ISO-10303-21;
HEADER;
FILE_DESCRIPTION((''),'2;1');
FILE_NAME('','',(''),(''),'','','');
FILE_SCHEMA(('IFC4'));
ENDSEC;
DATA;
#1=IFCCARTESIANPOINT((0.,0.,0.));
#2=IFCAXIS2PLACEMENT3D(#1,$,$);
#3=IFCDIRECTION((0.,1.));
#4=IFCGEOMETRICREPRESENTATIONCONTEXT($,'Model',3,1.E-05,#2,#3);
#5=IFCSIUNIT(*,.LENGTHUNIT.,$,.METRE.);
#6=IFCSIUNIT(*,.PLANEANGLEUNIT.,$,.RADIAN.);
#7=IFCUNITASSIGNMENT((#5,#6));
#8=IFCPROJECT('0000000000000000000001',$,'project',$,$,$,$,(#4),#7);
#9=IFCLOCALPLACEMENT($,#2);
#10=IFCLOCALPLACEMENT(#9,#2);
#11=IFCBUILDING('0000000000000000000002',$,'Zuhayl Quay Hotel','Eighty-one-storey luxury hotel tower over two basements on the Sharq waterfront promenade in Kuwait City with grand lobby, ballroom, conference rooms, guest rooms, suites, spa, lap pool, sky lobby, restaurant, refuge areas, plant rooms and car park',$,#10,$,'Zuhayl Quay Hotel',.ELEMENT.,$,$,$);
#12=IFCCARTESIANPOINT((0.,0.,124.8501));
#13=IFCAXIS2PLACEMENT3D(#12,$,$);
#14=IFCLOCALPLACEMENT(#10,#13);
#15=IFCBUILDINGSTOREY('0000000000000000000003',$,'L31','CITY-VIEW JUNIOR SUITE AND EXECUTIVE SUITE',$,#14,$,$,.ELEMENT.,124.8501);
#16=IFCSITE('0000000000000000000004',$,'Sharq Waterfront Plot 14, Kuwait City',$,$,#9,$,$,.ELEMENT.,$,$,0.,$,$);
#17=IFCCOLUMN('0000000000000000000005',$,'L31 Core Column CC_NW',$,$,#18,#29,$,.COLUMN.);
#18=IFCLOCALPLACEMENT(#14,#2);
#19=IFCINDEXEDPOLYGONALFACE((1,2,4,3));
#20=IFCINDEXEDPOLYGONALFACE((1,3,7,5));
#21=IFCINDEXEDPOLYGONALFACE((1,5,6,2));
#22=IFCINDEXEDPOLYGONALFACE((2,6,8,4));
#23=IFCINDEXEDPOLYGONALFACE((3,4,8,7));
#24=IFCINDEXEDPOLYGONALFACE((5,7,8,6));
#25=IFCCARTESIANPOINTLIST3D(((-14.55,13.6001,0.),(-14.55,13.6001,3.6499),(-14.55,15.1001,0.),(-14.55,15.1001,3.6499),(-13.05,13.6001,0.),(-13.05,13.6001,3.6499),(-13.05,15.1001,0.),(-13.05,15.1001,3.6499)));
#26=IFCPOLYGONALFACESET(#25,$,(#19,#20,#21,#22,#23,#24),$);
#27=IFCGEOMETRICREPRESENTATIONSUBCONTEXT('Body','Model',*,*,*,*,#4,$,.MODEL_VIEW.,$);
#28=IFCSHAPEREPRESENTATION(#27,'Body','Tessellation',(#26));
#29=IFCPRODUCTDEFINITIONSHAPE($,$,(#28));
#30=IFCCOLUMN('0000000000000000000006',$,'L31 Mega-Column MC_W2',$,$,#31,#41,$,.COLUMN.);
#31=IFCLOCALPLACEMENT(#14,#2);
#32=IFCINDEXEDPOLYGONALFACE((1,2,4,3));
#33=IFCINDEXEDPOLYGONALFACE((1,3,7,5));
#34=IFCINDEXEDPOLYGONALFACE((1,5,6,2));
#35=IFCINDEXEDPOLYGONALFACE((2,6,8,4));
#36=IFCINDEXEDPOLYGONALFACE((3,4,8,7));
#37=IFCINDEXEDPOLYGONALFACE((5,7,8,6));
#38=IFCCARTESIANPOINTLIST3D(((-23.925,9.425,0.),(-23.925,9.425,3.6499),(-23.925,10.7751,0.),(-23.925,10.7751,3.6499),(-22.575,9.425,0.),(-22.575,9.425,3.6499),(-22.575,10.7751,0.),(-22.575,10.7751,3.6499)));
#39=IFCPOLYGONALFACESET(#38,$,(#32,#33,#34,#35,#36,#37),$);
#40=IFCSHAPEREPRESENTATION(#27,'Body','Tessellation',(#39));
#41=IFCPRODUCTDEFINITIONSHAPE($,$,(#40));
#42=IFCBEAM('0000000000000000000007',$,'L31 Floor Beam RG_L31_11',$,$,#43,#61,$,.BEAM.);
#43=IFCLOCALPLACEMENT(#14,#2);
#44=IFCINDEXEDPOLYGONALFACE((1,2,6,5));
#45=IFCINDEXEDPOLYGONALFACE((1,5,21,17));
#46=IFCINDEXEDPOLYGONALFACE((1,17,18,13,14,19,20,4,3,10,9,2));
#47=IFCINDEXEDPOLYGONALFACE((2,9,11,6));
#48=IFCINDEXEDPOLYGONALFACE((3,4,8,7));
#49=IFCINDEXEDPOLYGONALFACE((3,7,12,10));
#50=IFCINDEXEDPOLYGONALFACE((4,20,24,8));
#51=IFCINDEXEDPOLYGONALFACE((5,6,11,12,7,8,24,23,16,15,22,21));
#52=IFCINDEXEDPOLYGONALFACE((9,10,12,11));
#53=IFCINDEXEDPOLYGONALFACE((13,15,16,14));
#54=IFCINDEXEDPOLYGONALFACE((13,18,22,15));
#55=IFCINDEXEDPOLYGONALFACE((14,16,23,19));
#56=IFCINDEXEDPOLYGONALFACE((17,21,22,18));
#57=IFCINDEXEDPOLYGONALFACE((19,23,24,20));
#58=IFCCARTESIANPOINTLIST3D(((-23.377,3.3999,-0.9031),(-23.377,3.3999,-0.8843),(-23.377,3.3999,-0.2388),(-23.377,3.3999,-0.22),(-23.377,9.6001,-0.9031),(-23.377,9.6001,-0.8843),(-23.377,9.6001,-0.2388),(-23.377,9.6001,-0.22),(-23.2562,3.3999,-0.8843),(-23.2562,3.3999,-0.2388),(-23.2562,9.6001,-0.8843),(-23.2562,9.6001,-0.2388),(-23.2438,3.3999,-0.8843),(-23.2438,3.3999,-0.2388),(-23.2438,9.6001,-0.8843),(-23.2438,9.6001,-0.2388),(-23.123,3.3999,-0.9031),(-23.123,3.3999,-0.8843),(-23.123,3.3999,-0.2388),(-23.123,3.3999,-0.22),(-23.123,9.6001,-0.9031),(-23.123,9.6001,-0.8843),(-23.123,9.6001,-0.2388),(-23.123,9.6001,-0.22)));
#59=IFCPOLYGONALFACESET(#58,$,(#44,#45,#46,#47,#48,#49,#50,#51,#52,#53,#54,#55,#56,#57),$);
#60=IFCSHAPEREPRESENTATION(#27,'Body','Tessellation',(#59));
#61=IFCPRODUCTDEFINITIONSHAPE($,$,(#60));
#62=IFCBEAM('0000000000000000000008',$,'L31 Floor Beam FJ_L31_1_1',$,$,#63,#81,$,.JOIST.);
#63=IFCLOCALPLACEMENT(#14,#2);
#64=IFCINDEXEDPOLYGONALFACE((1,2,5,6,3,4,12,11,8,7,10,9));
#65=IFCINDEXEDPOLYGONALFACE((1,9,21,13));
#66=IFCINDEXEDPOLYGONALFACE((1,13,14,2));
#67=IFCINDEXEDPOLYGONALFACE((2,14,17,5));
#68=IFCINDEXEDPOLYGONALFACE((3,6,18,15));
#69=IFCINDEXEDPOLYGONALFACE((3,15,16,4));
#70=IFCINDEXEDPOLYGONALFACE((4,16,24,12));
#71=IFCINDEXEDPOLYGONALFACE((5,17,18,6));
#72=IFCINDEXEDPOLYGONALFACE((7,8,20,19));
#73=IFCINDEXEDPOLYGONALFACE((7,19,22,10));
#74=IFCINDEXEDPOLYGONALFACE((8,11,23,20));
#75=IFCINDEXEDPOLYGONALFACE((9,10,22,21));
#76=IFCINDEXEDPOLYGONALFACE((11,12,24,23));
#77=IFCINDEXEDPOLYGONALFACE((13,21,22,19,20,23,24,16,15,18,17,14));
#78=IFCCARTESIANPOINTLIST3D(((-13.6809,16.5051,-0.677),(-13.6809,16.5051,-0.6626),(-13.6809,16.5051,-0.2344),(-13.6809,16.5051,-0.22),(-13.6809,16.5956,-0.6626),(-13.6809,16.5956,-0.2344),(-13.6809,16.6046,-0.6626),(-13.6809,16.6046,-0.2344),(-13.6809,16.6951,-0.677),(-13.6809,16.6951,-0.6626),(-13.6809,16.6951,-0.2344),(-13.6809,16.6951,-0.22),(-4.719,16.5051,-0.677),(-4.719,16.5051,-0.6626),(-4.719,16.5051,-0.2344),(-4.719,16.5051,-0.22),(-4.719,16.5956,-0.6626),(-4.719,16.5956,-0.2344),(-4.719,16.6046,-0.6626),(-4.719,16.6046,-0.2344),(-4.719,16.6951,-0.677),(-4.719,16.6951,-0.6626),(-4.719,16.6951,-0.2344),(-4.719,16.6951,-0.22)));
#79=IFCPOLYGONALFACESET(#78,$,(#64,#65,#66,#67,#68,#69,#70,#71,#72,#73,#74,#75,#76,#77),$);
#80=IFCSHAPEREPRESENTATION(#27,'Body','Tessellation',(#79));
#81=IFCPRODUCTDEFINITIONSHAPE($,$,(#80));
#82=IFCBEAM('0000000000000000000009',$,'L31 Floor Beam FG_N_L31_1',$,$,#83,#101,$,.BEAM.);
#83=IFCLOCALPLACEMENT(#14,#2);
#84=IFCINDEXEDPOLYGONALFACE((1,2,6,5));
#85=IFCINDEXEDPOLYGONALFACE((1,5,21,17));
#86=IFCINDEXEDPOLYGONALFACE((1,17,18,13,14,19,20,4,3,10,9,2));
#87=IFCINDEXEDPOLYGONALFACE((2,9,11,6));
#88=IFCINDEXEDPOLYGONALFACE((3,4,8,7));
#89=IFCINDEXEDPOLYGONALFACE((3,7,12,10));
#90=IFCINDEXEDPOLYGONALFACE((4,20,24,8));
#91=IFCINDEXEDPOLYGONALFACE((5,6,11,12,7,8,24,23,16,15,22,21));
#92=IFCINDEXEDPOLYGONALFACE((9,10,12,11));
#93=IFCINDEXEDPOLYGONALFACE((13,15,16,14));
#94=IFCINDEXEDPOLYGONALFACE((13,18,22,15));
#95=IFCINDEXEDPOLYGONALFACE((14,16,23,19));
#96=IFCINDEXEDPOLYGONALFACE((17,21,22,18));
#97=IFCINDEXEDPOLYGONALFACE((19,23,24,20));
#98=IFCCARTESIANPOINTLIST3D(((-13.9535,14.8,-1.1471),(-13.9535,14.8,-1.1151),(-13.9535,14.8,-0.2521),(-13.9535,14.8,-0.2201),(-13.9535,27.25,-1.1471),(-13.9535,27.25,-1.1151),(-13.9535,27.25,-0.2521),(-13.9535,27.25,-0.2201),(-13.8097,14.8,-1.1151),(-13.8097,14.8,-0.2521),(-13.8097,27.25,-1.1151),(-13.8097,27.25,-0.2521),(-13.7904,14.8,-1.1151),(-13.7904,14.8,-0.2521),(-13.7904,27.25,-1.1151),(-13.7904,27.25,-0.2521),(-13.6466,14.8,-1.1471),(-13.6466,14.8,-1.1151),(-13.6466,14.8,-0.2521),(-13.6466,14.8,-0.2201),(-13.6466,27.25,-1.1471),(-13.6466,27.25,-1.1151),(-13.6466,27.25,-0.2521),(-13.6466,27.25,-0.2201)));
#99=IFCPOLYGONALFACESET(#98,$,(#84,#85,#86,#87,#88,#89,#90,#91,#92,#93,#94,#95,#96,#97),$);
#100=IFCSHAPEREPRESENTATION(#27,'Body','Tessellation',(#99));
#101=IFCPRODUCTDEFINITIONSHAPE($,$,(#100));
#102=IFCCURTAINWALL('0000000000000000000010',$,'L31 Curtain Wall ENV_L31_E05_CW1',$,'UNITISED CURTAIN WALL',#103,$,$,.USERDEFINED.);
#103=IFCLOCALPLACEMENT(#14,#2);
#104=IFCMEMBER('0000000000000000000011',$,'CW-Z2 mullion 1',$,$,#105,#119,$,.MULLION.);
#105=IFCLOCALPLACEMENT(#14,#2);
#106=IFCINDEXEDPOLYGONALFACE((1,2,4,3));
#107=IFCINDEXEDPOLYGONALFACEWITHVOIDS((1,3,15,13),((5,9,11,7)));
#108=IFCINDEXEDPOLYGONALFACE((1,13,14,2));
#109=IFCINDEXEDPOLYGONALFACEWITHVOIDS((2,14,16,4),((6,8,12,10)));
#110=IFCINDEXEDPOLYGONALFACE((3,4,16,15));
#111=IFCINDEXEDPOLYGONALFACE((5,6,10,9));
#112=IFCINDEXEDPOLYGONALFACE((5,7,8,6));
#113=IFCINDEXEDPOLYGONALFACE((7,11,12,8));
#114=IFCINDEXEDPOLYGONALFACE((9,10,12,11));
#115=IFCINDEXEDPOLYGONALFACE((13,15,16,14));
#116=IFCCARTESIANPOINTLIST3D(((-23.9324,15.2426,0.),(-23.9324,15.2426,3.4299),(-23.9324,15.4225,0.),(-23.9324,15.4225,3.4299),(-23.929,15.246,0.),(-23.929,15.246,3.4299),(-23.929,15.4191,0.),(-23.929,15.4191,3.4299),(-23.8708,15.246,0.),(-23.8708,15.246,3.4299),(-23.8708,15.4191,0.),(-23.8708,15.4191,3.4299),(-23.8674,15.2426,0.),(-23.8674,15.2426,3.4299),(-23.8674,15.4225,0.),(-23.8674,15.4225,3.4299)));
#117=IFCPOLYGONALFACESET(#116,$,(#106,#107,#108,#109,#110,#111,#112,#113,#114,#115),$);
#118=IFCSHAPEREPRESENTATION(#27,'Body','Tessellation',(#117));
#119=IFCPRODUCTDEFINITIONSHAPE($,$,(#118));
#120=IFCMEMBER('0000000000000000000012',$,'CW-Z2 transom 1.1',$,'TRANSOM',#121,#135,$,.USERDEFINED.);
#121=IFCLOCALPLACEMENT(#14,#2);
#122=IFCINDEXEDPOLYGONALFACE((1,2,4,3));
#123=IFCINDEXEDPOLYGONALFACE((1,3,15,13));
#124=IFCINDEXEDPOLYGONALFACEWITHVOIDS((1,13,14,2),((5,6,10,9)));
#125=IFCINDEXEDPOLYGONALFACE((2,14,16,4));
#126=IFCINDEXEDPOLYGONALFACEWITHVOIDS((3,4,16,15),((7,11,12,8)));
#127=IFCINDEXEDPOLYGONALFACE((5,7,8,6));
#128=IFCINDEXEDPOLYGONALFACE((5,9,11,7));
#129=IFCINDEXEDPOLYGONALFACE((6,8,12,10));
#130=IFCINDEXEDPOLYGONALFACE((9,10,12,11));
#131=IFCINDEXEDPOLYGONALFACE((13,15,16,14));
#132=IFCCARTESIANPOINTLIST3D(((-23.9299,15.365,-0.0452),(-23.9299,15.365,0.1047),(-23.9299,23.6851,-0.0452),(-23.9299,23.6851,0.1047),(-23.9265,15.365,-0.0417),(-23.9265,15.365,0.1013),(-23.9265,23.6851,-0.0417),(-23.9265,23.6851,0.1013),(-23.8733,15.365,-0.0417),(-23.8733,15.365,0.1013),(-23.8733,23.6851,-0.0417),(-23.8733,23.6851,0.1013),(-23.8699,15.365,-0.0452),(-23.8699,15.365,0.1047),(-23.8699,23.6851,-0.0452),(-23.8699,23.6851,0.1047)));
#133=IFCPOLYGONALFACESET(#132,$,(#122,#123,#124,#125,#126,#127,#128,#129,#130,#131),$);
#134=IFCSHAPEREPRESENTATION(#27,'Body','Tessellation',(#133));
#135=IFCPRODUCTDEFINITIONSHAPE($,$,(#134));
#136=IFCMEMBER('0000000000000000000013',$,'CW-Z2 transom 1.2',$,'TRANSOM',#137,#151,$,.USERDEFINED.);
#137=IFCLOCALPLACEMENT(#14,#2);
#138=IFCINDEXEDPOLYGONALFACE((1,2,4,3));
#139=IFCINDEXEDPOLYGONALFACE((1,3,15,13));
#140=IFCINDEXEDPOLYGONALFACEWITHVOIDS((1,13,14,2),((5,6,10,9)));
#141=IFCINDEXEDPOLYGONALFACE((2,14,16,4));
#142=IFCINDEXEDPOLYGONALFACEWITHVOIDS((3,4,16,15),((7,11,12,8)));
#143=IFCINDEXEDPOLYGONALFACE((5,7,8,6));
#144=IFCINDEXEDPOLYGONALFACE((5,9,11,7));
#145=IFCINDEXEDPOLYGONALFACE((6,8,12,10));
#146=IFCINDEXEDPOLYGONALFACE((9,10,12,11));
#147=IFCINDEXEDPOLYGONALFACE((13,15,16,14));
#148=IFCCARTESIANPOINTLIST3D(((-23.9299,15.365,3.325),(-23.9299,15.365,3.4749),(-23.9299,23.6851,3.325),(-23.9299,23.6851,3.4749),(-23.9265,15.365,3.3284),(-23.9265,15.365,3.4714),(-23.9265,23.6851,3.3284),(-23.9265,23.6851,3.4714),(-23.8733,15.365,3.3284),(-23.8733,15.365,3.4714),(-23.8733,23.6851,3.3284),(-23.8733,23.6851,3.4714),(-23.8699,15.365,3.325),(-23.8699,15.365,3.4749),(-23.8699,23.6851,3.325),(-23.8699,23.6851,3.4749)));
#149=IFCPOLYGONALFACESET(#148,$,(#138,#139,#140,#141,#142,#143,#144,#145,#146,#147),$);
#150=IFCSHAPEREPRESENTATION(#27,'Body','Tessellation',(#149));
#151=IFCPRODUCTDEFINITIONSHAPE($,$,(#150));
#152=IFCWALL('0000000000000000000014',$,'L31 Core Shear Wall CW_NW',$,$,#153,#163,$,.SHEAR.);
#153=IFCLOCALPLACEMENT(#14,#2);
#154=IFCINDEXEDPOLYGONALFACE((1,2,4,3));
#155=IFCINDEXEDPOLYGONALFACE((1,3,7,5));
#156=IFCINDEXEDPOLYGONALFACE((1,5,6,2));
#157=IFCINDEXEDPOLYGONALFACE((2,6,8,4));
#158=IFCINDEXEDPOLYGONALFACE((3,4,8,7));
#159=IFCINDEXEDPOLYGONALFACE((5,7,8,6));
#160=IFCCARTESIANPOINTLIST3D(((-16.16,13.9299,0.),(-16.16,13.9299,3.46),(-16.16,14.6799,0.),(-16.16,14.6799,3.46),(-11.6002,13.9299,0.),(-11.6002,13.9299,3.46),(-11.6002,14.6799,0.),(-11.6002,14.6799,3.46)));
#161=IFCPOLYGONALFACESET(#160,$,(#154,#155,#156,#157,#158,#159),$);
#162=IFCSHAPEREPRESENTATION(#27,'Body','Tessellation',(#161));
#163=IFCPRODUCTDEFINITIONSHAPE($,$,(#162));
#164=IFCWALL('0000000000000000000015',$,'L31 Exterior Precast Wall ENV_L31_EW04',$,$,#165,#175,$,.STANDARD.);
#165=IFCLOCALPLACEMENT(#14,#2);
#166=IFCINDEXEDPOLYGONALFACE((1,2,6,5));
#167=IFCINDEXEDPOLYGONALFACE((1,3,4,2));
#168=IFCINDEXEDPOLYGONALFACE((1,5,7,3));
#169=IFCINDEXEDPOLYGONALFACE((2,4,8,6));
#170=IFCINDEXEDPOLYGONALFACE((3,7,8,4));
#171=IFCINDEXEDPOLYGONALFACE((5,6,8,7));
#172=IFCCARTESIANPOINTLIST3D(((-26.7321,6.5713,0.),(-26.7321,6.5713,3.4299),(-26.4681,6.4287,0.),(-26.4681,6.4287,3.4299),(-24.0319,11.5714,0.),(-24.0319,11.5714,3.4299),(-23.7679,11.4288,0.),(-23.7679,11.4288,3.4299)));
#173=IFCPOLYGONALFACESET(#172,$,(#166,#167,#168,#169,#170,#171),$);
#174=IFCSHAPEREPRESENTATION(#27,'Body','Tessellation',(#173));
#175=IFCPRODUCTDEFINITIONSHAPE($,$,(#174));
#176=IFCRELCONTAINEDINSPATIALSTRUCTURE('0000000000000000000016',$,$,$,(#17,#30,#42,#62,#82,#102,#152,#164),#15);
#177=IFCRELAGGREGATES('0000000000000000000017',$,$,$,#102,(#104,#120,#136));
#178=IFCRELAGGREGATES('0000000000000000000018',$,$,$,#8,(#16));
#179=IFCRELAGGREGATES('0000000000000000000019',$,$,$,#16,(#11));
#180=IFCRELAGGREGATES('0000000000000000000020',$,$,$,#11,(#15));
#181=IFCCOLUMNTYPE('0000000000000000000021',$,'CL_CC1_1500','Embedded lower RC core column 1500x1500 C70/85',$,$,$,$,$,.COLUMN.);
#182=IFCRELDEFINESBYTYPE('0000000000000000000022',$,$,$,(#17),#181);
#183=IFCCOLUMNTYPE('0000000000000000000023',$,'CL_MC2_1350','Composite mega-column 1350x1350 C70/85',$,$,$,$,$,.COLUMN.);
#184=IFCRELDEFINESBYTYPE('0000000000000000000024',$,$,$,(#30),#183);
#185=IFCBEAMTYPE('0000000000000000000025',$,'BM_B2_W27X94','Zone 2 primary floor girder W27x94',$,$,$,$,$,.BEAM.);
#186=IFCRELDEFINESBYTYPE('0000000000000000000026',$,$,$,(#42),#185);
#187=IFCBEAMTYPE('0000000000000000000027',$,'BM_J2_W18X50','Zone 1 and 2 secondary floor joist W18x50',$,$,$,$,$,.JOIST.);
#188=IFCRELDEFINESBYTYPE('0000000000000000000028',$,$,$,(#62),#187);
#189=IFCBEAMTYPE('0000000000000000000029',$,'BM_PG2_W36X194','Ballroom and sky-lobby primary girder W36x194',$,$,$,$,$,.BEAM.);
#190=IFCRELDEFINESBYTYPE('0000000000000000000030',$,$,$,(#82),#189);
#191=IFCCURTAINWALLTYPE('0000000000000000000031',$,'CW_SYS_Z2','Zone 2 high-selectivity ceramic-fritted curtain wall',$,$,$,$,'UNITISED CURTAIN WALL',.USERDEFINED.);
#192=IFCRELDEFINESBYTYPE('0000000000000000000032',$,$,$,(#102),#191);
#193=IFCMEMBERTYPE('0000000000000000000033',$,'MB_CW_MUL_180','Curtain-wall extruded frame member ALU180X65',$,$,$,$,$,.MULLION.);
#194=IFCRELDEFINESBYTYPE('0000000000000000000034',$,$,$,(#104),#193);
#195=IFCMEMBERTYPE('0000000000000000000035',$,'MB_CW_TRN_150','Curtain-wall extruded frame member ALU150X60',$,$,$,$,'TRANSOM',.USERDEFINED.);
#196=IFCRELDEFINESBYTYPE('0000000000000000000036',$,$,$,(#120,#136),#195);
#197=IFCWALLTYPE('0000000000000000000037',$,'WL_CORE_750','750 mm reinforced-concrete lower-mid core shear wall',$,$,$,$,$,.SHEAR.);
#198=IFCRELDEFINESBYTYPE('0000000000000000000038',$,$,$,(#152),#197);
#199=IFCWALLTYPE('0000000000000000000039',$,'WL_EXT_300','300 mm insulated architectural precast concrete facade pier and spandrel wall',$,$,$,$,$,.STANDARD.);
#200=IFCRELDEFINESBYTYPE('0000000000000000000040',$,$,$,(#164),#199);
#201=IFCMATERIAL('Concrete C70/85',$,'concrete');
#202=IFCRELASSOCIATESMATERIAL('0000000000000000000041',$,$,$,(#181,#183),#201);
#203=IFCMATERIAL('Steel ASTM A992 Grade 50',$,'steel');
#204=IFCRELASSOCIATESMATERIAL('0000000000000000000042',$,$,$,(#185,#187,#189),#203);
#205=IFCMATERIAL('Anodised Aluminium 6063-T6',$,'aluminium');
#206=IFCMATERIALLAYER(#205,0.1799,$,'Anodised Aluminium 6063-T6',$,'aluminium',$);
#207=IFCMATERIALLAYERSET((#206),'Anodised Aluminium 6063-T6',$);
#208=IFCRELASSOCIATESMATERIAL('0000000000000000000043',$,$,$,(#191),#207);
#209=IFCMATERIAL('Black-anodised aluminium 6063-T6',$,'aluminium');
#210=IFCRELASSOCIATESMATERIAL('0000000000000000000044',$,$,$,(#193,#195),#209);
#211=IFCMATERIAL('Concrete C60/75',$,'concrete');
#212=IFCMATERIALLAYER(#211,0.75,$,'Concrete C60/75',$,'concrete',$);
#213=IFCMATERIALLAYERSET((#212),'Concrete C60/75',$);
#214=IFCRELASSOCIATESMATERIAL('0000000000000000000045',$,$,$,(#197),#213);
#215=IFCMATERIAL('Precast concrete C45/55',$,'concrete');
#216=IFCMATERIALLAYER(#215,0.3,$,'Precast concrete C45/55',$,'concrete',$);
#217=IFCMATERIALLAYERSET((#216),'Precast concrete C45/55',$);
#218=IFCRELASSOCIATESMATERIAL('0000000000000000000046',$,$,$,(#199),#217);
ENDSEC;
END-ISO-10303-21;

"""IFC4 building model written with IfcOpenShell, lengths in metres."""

from ifc_helpers import new_model, si_unit, direction, frame, frame_2d, origin, origin_2d, place, context, subcontext, project, spatial, rectangle, hollow_rectangle, i_section, extrude, material, layer, layer_set, material_profile, profile_set, type_object, element, aggregate, save


model = new_model("IFC4")

# Units and contexts
model_context = context("Model", 3, precision=1e-05, world=origin(), true_north=direction((0.0, 1.0)))
body_context = subcontext(model_context, "Body", "Model", "MODEL_VIEW")
ifc_project = project(units=[si_unit("LENGTHUNIT", "METRE"), si_unit("PLANEANGLEUNIT", "RADIAN")], contexts=[model_context])

# Site, building, storey
site_placement = place(None, origin())
site = spatial("IfcSite", under=ifc_project, at=site_placement, Name="Sharq Waterfront Plot 14, Kuwait City", CompositionType="ELEMENT", RefElevation=0.0)
building_placement = place(site_placement, origin())
building = spatial("IfcBuilding", under=site, at=building_placement, Name="Zuhayl Quay Hotel", Description="Eighty-one-storey luxury hotel tower over two basements on the Sharq waterfront promenade in Kuwait City with grand lobby, ballroom, conference rooms, guest rooms, suites, spa, lap pool, sky lobby, restaurant, refuge areas, plant rooms and car park", LongName="Zuhayl Quay Hotel", CompositionType="ELEMENT")
storey_placement = place(building_placement, frame((0.0, 0.0, 124.8501)))
storey = spatial("IfcBuildingStorey", under=building, at=storey_placement, Name="L31", Description="CITY-VIEW JUNIOR SUITE AND EXECUTIVE SUITE", CompositionType="ELEMENT", Elevation=124.8501)

# Columns
ifc_material_1 = material(Name="Concrete C70/85", Category="concrete")
ifc_material_profile_1 = material_profile(ifc_material_1, rectangle(XDim=1.5, YDim=1.5, at=origin_2d()), Name="RC1500X1500")
ifc_profile_set_1 = profile_set([ifc_material_profile_1], Name="Concrete C70/85")
column_type_1 = type_object("IfcColumnType", Name="CL_CC1_1500", Description="Embedded lower RC core column 1500x1500 C70/85", PredefinedType="COLUMN", material=ifc_profile_set_1)
column_1_placement = place(storey_placement, frame((-13.8, 14.3501, 0.0), z_axis=(0.0, 0.0, 1.0), x_axis=(1.0, 0.0, 0.0)))
element("IfcColumn", 1, at=column_1_placement, inside=storey, type_object=column_type_1, Name="L31 Core Column CC_NW", PredefinedType="COLUMN", context=body_context, shape_type="SweptSolid", body=[
    extrude(rectangle(XDim=1.5, YDim=1.5, at=origin_2d()), origin(), (0.0, 0.0, 1.0), 3.6499),
])
ifc_material_profile_2 = material_profile(ifc_material_1, rectangle(XDim=1.3501, YDim=1.3501, at=origin_2d()), Name="RC1350X1350")
ifc_profile_set_2 = profile_set([ifc_material_profile_2], Name="Concrete C70/85")
column_type_2 = type_object("IfcColumnType", Name="CL_MC2_1350", Description="Composite mega-column 1350x1350 C70/85", PredefinedType="COLUMN", material=ifc_profile_set_2)
column_2_placement = place(storey_placement, frame((-23.25, 10.1001, 0.0), z_axis=(0.0, 0.0, 1.0), x_axis=(1.0, 0.0, 0.0)))
element("IfcColumn", 2, at=column_2_placement, inside=storey, type_object=column_type_2, Name="L31 Mega-Column MC_W2", PredefinedType="COLUMN", context=body_context, shape_type="SweptSolid", body=[
    extrude(rectangle(XDim=1.3501, YDim=1.3501, at=origin_2d()), origin(), (0.0, 0.0, 1.0), 3.6499),
])

# Beams
ifc_material_2 = material(Name="Steel ASTM A992 Grade 50", Category="steel")
ifc_material_profile_3 = material_profile(ifc_material_2, i_section(OverallWidth=0.2539, OverallDepth=0.6831, WebThickness=0.0125, FlangeThickness=0.0188, at=origin_2d()), Name="W27X94")
ifc_profile_set_3 = profile_set([ifc_material_profile_3], Name="Steel ASTM A992 Grade 50")
beam_type_1 = type_object("IfcBeamType", Name="BM_B2_W27X94", Description="Zone 2 primary floor girder W27x94", PredefinedType="BEAM", material=ifc_profile_set_3)
beam_1_placement = place(storey_placement, frame((-23.25, 9.6001, -0.5615), z_axis=(0.0, -1.0, 0.0), x_axis=(1.0, 0.0, 0.0)))
element("IfcBeam", 3, at=beam_1_placement, inside=storey, type_object=beam_type_1, Name="L31 Floor Beam RG_L31_11", PredefinedType="BEAM", context=body_context, shape_type="SweptSolid", body=[
    extrude(i_section(OverallWidth=0.2539, OverallDepth=0.6831, WebThickness=0.0125, FlangeThickness=0.0188, at=origin_2d()), origin(), (0.0, 0.0, 1.0), 6.2002),
])
ifc_material_profile_4 = material_profile(ifc_material_2, i_section(OverallWidth=0.1899, OverallDepth=0.457, WebThickness=0.009, FlangeThickness=0.0144, at=origin_2d()), Name="W18X50")
ifc_profile_set_4 = profile_set([ifc_material_profile_4], Name="Steel ASTM A992 Grade 50")
beam_type_2 = type_object("IfcBeamType", Name="BM_J2_W18X50", Description="Zone 1 and 2 secondary floor joist W18x50", PredefinedType="JOIST", material=ifc_profile_set_4)
beam_2_placement = place(storey_placement, frame((-13.6809, 16.6001, -0.4485), z_axis=(1.0, 0.0, 0.0), x_axis=(0.0, 1.0, 0.0)))
element("IfcBeam", 4, at=beam_2_placement, inside=storey, type_object=beam_type_2, Name="L31 Floor Beam FJ_L31_1_1", PredefinedType="JOIST", context=body_context, shape_type="SweptSolid", body=[
    extrude(i_section(OverallWidth=0.1899, OverallDepth=0.457, WebThickness=0.009, FlangeThickness=0.0144, at=origin_2d()), origin(), (0.0, 0.0, 1.0), 8.9619),
])
ifc_material_profile_5 = material_profile(ifc_material_2, i_section(OverallWidth=0.3069, OverallDepth=0.927, WebThickness=0.0193, FlangeThickness=0.032, at=origin_2d()), Name="W36X194")
ifc_profile_set_5 = profile_set([ifc_material_profile_5], Name="Steel ASTM A992 Grade 50")
beam_type_3 = type_object("IfcBeamType", Name="BM_PG2_W36X194", Description="Ballroom and sky-lobby primary girder W36x194", PredefinedType="BEAM", material=ifc_profile_set_5)
beam_3_placement = place(storey_placement, frame((-13.8, 14.8, -0.6836), z_axis=(0.0, 1.0, 0.0), x_axis=(-1.0, 0.0, 0.0)))
element("IfcBeam", 5, at=beam_3_placement, inside=storey, type_object=beam_type_3, Name="L31 Floor Beam FG_N_L31_1", PredefinedType="BEAM", context=body_context, shape_type="SweptSolid", body=[
    extrude(i_section(OverallWidth=0.3069, OverallDepth=0.927, WebThickness=0.0193, FlangeThickness=0.032, at=origin_2d()), origin(), (0.0, 0.0, 1.0), 12.45),
])

# Curtain wall, members
ifc_material_3 = material(Name="Anodised Aluminium 6063-T6", Category="aluminium")
ifc_layer_1 = layer(ifc_material_3, 0.1799, Name="Anodised Aluminium 6063-T6", Category="aluminium")
ifc_layer_set_1 = layer_set([ifc_layer_1], Name="Anodised Aluminium 6063-T6")
curtain_wall_type = type_object("IfcCurtainWallType", Name="CW_SYS_Z2", Description="Zone 2 high-selectivity ceramic-fritted curtain wall", ElementType="UNITISED CURTAIN WALL", PredefinedType="USERDEFINED", material=ifc_layer_set_1)
curtain_wall_placement = place(storey_placement, origin())
curtain_wall = element("IfcCurtainWall", 6, at=curtain_wall_placement, inside=storey, type_object=curtain_wall_type, Name="L31 Curtain Wall ENV_L31_E05_CW1", ObjectType="UNITISED CURTAIN WALL", PredefinedType="USERDEFINED")
ifc_material_4 = material(Name="Black-anodised aluminium 6063-T6", Category="aluminium")
ifc_material_profile_6 = material_profile(ifc_material_4, hollow_rectangle(XDim=0.0649, YDim=0.1799, WallThickness=0.0034, at=origin_2d()), Name="ALU180X65")
ifc_profile_set_6 = profile_set([ifc_material_profile_6], Name="Black-anodised aluminium 6063-T6")
member_type_1 = type_object("IfcMemberType", Name="MB_CW_MUL_180", Description="Curtain-wall extruded frame member ALU180X65", PredefinedType="MULLION", material=ifc_profile_set_6)
member_1_placement = place(storey_placement, frame((-23.8999, 15.3325, 0.0), z_axis=(0.0, 0.0, 1.0), x_axis=(-1.0, 0.0, 0.0)))
member_1 = element("IfcMember", 7, at=member_1_placement, type_object=member_type_1, Name="CW-Z2 mullion 1", PredefinedType="MULLION", context=body_context, shape_type="SweptSolid", body=[
    extrude(hollow_rectangle(XDim=0.0649, YDim=0.1799, WallThickness=0.0034, at=origin_2d()), origin(), (0.0, 0.0, 1.0), 3.4299),
])
ifc_material_profile_7 = material_profile(ifc_material_4, hollow_rectangle(XDim=0.0601, YDim=0.1499, WallThickness=0.0034, at=origin_2d()), Name="ALU150X60")
ifc_profile_set_7 = profile_set([ifc_material_profile_7], Name="Black-anodised aluminium 6063-T6")
member_type_2 = type_object("IfcMemberType", Name="MB_CW_TRN_150", Description="Curtain-wall extruded frame member ALU150X60", ElementType="TRANSOM", PredefinedType="USERDEFINED", material=ifc_profile_set_7)
member_2_placement = place(storey_placement, frame((-23.8999, 15.365, 0.0298), z_axis=(0.0, 1.0, 0.0), x_axis=(-1.0, 0.0, 0.0)))
member_2 = element("IfcMember", 8, at=member_2_placement, type_object=member_type_2, Name="CW-Z2 transom 1.1", ObjectType="TRANSOM", PredefinedType="USERDEFINED", context=body_context, shape_type="SweptSolid", body=[
    extrude(hollow_rectangle(XDim=0.0601, YDim=0.1499, WallThickness=0.0034, at=origin_2d()), origin(), (0.0, 0.0, 1.0), 8.3201),
])
member_3_placement = place(storey_placement, frame((-23.8999, 15.365, 3.3999), z_axis=(0.0, 1.0, 0.0), x_axis=(-1.0, 0.0, 0.0)))
member_3 = element("IfcMember", 9, at=member_3_placement, type_object=member_type_2, Name="CW-Z2 transom 1.2", ObjectType="TRANSOM", PredefinedType="USERDEFINED", context=body_context, shape_type="SweptSolid", body=[
    extrude(hollow_rectangle(XDim=0.0601, YDim=0.1499, WallThickness=0.0034, at=origin_2d()), origin(), (0.0, 0.0, 1.0), 8.3201),
])
aggregate(curtain_wall, [member_1, member_2, member_3])

# Walls
ifc_material_5 = material(Name="Concrete C60/75", Category="concrete")
ifc_layer_2 = layer(ifc_material_5, 0.75, Name="Concrete C60/75", Category="concrete")
ifc_layer_set_2 = layer_set([ifc_layer_2], Name="Concrete C60/75")
wall_type_1 = type_object("IfcWallType", Name="WL_CORE_750", Description="750 mm reinforced-concrete lower-mid core shear wall", PredefinedType="SHEAR", material=ifc_layer_set_2)
wall_1_placement = place(storey_placement, frame((-16.1599, 14.3049, 0.0), z_axis=(0.0, 0.0, 1.0), x_axis=(1.0, 0.0, 0.0)))
element("IfcWall", 10, at=wall_1_placement, inside=storey, type_object=wall_type_1, Name="L31 Core Shear Wall CW_NW", PredefinedType="SHEAR", context=body_context, shape_type="SweptSolid", body=[
    extrude(rectangle(XDim=4.5598, YDim=0.75, at=frame_2d((2.2798, 0.0))), origin(), (0.0, 0.0, 1.0), 3.46),
])
ifc_material_6 = material(Name="Precast concrete C45/55", Category="concrete")
ifc_layer_3 = layer(ifc_material_6, 0.3, Name="Precast concrete C45/55", Category="concrete")
ifc_layer_set_3 = layer_set([ifc_layer_3], Name="Precast concrete C45/55")
wall_type_2 = type_object("IfcWallType", Name="WL_EXT_300", Description="300 mm insulated architectural precast concrete facade pier and spandrel wall", PredefinedType="STANDARD", material=ifc_layer_set_3)
wall_2_placement = place(storey_placement, frame((-26.6001, 6.5, 0.0), z_axis=(0.0, 0.0, 1.0), x_axis=(0.475176, 0.879891, 0.0)))
element("IfcWall", 11, at=wall_2_placement, inside=storey, type_object=wall_type_2, Name="L31 Exterior Precast Wall ENV_L31_EW04", PredefinedType="STANDARD", context=body_context, shape_type="SweptSolid", body=[
    extrude(rectangle(XDim=5.6826, YDim=0.3, at=frame_2d((2.8413, 0.0))), origin(), (0.0, 0.0, 1.0), 3.4299),
])

save(model, "model.ifc")
